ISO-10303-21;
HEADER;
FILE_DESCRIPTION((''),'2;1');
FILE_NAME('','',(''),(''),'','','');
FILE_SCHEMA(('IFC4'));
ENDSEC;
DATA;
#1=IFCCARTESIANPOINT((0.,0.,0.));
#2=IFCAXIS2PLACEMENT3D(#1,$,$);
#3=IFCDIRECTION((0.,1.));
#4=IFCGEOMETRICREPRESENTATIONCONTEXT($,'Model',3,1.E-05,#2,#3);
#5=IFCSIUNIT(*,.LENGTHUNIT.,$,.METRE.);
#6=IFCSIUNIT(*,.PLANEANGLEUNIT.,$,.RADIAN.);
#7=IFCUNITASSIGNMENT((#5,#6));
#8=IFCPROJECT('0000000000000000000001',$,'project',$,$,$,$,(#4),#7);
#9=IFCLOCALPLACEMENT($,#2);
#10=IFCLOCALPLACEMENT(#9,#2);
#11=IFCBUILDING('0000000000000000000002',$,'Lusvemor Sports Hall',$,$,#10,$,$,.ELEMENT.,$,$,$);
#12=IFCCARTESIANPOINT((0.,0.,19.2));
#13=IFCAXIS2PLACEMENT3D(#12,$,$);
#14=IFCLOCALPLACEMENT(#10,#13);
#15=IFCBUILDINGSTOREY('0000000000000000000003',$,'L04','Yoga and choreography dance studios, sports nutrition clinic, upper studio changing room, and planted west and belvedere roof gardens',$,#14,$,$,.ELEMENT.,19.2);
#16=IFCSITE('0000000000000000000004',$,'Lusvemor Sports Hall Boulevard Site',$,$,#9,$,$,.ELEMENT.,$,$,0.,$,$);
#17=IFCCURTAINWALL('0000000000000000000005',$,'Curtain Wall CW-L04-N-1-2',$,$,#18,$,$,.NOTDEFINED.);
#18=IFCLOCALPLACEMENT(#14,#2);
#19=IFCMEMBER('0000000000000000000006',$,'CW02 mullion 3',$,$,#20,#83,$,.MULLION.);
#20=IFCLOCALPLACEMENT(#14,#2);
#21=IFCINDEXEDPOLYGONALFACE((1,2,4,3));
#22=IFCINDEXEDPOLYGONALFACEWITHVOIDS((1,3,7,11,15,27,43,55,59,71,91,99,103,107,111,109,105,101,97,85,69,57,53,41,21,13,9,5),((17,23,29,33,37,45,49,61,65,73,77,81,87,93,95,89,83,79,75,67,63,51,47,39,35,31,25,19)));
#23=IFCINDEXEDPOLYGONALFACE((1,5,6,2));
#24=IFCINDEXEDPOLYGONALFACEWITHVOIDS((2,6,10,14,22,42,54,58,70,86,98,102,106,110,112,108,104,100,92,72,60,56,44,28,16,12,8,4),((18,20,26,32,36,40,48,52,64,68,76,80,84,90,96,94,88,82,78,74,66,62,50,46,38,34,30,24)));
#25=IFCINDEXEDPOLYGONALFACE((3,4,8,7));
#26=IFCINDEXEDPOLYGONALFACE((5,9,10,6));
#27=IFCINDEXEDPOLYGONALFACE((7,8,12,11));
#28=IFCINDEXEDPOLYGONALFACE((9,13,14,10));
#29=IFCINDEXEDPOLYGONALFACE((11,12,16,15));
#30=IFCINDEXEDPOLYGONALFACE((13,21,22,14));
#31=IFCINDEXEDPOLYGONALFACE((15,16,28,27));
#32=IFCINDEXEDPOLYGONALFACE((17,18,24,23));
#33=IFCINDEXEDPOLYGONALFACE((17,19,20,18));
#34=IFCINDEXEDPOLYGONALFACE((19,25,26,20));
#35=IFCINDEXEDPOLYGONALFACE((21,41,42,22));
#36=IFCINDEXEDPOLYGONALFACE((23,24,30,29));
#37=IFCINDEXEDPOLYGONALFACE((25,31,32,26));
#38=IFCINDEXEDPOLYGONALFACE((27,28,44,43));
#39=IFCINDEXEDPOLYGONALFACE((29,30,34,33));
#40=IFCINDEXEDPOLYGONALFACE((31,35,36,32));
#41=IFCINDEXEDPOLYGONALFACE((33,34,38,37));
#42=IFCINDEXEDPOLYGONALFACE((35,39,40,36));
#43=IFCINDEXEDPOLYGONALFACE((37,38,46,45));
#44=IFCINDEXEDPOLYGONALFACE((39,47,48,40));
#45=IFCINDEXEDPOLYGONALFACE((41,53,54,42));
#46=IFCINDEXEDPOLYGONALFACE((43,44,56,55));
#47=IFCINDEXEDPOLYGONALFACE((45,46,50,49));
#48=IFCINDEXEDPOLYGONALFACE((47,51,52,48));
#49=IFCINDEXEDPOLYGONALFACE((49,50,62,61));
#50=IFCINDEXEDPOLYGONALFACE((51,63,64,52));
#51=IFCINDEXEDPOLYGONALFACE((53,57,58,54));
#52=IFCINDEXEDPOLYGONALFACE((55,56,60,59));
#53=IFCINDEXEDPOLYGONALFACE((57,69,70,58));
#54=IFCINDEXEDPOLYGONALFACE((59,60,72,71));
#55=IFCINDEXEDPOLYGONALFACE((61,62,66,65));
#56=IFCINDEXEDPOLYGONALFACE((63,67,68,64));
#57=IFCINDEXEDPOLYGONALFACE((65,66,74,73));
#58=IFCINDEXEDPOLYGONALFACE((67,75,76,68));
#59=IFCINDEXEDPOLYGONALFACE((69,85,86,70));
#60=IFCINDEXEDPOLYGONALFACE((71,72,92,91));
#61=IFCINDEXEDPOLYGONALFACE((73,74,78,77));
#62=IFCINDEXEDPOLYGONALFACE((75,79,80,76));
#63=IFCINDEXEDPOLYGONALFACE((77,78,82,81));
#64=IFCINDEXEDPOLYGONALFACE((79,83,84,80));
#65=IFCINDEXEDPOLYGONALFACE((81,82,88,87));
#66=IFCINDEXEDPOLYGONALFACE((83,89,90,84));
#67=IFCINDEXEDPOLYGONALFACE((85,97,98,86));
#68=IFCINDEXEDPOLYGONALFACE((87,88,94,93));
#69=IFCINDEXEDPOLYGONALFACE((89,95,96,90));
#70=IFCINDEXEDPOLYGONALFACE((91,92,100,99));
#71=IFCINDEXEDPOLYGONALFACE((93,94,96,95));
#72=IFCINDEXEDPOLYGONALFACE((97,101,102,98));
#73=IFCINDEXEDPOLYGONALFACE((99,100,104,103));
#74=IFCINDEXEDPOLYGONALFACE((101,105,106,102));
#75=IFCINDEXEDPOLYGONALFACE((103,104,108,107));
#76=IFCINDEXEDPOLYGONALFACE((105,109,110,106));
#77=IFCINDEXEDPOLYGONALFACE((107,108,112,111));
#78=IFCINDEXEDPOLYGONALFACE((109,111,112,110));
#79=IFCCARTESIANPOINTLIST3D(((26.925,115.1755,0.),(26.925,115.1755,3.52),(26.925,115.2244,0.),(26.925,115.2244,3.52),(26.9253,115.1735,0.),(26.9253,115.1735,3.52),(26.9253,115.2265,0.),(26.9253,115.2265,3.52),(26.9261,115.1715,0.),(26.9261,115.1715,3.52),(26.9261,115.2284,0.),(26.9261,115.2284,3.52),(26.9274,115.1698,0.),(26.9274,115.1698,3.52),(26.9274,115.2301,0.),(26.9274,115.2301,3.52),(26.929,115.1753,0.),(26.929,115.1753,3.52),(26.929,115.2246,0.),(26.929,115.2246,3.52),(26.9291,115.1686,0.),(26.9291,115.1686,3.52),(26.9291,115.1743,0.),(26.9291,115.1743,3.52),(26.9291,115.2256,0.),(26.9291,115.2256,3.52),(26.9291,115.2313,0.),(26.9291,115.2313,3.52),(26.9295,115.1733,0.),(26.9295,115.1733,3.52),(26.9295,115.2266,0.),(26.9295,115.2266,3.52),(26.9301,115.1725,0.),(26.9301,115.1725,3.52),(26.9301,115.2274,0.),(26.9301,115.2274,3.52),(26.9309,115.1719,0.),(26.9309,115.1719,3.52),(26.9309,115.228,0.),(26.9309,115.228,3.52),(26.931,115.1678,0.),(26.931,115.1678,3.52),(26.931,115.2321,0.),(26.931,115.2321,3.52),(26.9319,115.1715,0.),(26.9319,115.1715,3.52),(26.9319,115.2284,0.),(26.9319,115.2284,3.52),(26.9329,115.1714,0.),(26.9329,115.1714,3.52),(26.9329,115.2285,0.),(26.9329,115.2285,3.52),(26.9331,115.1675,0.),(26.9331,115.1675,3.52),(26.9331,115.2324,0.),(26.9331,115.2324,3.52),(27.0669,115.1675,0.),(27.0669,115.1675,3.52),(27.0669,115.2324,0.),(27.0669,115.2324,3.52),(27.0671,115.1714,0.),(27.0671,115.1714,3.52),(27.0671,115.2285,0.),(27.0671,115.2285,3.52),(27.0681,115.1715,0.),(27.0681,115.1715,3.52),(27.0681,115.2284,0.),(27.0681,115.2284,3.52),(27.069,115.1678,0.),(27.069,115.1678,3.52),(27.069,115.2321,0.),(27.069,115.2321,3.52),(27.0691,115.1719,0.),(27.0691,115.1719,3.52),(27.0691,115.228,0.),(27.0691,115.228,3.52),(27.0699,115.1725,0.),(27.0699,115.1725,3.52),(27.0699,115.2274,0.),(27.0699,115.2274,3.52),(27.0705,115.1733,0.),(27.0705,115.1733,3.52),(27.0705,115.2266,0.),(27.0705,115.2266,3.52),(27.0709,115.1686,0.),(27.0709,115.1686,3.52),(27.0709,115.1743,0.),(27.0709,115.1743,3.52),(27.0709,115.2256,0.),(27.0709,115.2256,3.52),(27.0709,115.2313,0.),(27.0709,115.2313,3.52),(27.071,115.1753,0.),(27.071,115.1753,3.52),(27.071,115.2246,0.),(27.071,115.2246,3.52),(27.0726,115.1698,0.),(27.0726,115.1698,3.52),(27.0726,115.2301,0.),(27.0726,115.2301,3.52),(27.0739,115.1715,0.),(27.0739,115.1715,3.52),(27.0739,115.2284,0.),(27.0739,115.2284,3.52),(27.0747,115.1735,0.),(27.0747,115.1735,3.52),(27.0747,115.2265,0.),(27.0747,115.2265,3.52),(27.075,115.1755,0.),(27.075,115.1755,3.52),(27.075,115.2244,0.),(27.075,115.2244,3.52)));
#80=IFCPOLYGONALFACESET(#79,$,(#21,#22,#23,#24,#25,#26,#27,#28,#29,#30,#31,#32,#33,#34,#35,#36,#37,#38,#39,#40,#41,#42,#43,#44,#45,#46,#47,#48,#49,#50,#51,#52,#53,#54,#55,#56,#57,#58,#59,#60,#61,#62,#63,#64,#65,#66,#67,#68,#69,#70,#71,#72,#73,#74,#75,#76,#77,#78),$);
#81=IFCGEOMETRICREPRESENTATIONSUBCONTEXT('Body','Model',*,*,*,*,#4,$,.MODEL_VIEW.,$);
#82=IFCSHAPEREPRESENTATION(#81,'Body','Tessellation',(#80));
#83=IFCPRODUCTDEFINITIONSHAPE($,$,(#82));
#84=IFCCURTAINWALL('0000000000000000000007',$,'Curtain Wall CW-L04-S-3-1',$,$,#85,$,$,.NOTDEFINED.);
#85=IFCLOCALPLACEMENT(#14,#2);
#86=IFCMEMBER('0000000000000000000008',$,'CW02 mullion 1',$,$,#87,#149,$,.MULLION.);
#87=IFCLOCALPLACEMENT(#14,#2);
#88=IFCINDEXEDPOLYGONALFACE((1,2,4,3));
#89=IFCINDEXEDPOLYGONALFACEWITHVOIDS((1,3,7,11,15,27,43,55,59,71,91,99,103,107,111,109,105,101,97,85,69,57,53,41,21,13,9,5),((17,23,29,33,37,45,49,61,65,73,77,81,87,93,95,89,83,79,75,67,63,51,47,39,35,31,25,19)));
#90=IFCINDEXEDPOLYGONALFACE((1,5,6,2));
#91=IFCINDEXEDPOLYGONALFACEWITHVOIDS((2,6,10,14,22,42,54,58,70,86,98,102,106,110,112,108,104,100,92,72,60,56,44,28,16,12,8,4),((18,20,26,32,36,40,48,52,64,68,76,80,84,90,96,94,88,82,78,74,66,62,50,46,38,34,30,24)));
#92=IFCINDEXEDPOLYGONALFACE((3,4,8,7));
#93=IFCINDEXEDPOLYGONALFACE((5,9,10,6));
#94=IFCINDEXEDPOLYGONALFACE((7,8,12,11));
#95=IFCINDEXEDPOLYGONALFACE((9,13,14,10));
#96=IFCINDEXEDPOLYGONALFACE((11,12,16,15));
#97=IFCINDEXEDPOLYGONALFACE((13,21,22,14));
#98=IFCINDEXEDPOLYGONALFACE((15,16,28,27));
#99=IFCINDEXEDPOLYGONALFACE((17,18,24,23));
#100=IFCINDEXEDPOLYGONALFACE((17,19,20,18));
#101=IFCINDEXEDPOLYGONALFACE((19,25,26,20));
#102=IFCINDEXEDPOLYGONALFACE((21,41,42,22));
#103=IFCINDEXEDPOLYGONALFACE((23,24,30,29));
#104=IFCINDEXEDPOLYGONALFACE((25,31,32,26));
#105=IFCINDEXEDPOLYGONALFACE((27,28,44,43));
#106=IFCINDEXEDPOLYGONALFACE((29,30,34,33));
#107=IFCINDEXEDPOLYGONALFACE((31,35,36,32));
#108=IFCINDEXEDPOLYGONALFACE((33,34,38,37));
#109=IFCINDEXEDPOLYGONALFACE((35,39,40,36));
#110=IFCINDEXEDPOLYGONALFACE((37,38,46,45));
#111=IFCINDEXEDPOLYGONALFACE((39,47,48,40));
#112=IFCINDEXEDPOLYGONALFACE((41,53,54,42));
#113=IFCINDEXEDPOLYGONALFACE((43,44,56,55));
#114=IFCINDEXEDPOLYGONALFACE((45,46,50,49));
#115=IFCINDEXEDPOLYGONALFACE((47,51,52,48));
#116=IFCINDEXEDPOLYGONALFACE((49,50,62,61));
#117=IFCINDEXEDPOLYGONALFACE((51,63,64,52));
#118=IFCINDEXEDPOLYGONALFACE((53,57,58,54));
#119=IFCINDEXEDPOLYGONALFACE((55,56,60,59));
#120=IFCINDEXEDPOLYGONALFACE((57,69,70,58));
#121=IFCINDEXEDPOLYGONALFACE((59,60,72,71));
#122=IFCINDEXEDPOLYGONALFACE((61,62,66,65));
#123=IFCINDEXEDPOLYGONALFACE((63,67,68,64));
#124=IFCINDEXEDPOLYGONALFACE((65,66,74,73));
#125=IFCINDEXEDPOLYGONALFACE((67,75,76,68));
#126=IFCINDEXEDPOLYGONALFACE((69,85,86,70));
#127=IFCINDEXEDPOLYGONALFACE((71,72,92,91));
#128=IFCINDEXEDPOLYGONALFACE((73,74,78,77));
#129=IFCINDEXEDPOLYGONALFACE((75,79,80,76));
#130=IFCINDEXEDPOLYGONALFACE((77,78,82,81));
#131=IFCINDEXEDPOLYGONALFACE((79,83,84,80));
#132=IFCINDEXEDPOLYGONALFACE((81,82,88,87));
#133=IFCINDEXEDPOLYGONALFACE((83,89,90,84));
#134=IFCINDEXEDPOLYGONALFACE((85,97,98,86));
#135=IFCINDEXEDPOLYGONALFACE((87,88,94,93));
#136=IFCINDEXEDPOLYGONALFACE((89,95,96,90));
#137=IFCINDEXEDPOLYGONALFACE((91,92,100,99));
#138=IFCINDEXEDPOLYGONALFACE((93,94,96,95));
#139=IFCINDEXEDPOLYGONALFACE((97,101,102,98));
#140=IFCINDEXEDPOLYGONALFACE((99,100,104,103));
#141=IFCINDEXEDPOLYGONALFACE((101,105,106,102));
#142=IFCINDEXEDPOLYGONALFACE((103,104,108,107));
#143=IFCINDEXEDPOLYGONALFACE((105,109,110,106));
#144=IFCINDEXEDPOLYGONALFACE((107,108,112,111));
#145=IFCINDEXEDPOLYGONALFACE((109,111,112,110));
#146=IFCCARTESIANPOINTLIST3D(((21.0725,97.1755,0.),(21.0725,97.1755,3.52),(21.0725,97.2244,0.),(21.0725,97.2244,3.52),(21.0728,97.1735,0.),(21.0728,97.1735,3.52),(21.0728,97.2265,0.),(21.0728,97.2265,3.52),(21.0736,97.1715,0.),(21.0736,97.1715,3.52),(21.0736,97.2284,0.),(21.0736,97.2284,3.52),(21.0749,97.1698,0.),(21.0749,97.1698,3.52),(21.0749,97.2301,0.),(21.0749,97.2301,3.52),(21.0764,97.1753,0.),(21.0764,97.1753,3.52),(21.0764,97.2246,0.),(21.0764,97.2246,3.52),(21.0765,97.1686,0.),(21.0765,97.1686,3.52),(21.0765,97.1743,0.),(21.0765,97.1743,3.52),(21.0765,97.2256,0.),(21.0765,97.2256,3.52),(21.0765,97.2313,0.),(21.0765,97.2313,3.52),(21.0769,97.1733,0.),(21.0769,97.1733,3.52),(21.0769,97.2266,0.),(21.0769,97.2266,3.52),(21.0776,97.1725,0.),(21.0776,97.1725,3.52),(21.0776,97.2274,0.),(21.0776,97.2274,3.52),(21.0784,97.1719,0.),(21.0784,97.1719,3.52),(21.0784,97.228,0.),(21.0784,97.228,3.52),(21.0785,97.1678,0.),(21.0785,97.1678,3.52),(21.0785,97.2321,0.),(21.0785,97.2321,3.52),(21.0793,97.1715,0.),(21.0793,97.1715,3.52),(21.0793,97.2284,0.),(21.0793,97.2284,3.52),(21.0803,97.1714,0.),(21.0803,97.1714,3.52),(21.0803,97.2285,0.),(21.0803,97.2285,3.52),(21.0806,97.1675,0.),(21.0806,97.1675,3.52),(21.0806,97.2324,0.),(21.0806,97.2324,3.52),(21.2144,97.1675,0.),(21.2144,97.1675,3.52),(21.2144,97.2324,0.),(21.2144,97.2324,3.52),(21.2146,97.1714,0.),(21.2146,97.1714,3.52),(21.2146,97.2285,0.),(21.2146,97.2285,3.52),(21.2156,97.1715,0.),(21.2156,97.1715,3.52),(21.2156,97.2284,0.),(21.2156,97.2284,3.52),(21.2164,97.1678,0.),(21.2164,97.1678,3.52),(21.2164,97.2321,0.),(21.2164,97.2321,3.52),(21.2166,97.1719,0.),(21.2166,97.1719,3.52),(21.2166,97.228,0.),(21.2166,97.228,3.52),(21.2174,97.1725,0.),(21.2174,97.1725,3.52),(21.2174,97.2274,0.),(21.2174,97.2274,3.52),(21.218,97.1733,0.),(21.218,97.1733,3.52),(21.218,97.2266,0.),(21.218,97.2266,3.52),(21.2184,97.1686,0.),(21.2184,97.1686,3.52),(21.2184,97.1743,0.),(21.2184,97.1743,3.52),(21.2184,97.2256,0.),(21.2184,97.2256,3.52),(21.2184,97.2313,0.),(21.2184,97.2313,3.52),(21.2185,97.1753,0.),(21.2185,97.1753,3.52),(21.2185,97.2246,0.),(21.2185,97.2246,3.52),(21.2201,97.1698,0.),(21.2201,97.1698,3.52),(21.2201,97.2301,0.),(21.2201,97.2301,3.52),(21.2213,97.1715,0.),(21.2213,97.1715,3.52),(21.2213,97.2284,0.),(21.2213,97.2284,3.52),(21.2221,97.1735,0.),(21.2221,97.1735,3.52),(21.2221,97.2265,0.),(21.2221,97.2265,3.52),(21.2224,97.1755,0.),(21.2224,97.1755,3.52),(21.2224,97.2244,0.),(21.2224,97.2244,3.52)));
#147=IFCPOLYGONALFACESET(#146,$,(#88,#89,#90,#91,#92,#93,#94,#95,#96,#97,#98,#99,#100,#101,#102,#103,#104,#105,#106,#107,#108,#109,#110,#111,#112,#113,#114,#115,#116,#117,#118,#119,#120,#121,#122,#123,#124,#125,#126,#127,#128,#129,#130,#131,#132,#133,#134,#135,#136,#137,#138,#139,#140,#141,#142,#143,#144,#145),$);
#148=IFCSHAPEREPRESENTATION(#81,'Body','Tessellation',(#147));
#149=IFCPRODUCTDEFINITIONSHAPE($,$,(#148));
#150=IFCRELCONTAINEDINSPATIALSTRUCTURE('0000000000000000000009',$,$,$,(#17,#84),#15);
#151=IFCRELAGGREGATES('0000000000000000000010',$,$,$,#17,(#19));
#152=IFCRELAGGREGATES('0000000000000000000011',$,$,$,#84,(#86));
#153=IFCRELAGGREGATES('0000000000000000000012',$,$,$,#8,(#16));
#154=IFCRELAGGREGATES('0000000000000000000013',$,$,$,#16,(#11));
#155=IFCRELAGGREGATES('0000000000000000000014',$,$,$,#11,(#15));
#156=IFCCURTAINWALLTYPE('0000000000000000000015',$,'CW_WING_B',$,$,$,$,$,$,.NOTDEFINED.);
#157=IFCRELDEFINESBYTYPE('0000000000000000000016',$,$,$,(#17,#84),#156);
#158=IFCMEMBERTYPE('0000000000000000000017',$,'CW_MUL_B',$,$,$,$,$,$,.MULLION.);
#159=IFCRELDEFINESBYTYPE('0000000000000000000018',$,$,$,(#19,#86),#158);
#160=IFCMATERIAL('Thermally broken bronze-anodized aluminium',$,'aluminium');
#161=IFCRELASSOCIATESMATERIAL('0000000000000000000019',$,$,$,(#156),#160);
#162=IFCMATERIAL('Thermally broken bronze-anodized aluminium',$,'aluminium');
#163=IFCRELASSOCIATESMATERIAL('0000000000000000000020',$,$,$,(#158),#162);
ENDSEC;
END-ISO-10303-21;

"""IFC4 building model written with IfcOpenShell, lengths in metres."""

from ifc_helpers import new_model, si_unit, direction, frame, origin, origin_2d, place, context, subcontext, project, spatial, hollow_rectangle, extrude, material, material_profile, profile_set, type_object, element, aggregate, save


model = new_model("IFC4")

# Units and contexts
model_context = context("Model", 3, precision=1e-05, world=origin(), true_north=direction((0.0, 1.0)))
body_context = subcontext(model_context, "Body", "Model", "MODEL_VIEW")
ifc_project = project(units=[si_unit("LENGTHUNIT", "METRE"), si_unit("PLANEANGLEUNIT", "RADIAN")], contexts=[model_context])

# Site, building, storey
site_placement = place(None, origin())
site = spatial("IfcSite", under=ifc_project, at=site_placement, Name="Lusvemor Sports Hall Boulevard Site", CompositionType="ELEMENT", RefElevation=0.0)
building_placement = place(site_placement, origin())
building = spatial("IfcBuilding", under=site, at=building_placement, Name="Lusvemor Sports Hall", CompositionType="ELEMENT")
storey_placement = place(building_placement, frame((0.0, 0.0, 19.2)))
storey = spatial("IfcBuildingStorey", under=building, at=storey_placement, Name="L04", Description="Yoga and choreography dance studios, sports nutrition clinic, upper studio changing room, and planted west and belvedere roof gardens", CompositionType="ELEMENT", Elevation=19.2)

# Curtain walls, members
ifc_material_1 = material(Name="Thermally broken bronze-anodized aluminium", Category="aluminium")
curtain_wall_type = type_object("IfcCurtainWallType", Name="CW_WING_B", PredefinedType="NOTDEFINED", material=ifc_material_1)
curtain_wall_1_placement = place(storey_placement, origin())
curtain_wall_1 = element("IfcCurtainWall", 1, at=curtain_wall_1_placement, inside=storey, type_object=curtain_wall_type, Name="Curtain Wall CW-L04-N-1-2", PredefinedType="NOTDEFINED")
ifc_material_2 = material(Name="Thermally broken bronze-anodized aluminium", Category="aluminium")
ifc_material_profile_1 = material_profile(ifc_material_2, hollow_rectangle(XDim=0.0649, YDim=0.1499, WallThickness=0.0039, InnerFilletRadius=0.0039, OuterFilletRadius=0.0081, at=origin_2d()), Name="CWMUL150x65x4")
ifc_profile_set_1 = profile_set([ifc_material_profile_1], Name="Thermally broken bronze-anodized aluminium")
member_type_1 = type_object("IfcMemberType", Name="CW_MUL_B", PredefinedType="MULLION", material=ifc_profile_set_1)
member_1_placement = place(storey_placement, frame((27.0, 115.2, 0.0), z_axis=(0.0, 0.0, 1.0), x_axis=(0.0, 1.0, 0.0)))
member_1 = element("IfcMember", 2, at=member_1_placement, type_object=member_type_1, Name="CW02 mullion 3", PredefinedType="MULLION", context=body_context, shape_type="SweptSolid", body=[
    extrude(hollow_rectangle(XDim=0.0649, YDim=0.1499, WallThickness=0.0039, InnerFilletRadius=0.0039, OuterFilletRadius=0.0081, at=origin_2d()), origin(), (0.0, 0.0, 1.0), 3.52),
])
curtain_wall_2_placement = place(storey_placement, origin())
curtain_wall_2 = element("IfcCurtainWall", 3, at=curtain_wall_2_placement, inside=storey, type_object=curtain_wall_type, Name="Curtain Wall CW-L04-S-3-1", PredefinedType="NOTDEFINED")
member_2_placement = place(storey_placement, frame((21.1475, 97.2, 0.0), z_axis=(0.0, 0.0, 1.0), x_axis=(0.0, -1.0, 0.0)))
member_2 = element("IfcMember", 4, at=member_2_placement, type_object=member_type_1, Name="CW02 mullion 1", PredefinedType="MULLION", context=body_context, shape_type="SweptSolid", body=[
    extrude(hollow_rectangle(XDim=0.0649, YDim=0.1499, WallThickness=0.0039, InnerFilletRadius=0.0039, OuterFilletRadius=0.0081, at=origin_2d()), origin(), (0.0, 0.0, 1.0), 3.52),
])

aggregate(curtain_wall_1, [member_1])
aggregate(curtain_wall_2, [member_2])

save(model, "model.ifc")
